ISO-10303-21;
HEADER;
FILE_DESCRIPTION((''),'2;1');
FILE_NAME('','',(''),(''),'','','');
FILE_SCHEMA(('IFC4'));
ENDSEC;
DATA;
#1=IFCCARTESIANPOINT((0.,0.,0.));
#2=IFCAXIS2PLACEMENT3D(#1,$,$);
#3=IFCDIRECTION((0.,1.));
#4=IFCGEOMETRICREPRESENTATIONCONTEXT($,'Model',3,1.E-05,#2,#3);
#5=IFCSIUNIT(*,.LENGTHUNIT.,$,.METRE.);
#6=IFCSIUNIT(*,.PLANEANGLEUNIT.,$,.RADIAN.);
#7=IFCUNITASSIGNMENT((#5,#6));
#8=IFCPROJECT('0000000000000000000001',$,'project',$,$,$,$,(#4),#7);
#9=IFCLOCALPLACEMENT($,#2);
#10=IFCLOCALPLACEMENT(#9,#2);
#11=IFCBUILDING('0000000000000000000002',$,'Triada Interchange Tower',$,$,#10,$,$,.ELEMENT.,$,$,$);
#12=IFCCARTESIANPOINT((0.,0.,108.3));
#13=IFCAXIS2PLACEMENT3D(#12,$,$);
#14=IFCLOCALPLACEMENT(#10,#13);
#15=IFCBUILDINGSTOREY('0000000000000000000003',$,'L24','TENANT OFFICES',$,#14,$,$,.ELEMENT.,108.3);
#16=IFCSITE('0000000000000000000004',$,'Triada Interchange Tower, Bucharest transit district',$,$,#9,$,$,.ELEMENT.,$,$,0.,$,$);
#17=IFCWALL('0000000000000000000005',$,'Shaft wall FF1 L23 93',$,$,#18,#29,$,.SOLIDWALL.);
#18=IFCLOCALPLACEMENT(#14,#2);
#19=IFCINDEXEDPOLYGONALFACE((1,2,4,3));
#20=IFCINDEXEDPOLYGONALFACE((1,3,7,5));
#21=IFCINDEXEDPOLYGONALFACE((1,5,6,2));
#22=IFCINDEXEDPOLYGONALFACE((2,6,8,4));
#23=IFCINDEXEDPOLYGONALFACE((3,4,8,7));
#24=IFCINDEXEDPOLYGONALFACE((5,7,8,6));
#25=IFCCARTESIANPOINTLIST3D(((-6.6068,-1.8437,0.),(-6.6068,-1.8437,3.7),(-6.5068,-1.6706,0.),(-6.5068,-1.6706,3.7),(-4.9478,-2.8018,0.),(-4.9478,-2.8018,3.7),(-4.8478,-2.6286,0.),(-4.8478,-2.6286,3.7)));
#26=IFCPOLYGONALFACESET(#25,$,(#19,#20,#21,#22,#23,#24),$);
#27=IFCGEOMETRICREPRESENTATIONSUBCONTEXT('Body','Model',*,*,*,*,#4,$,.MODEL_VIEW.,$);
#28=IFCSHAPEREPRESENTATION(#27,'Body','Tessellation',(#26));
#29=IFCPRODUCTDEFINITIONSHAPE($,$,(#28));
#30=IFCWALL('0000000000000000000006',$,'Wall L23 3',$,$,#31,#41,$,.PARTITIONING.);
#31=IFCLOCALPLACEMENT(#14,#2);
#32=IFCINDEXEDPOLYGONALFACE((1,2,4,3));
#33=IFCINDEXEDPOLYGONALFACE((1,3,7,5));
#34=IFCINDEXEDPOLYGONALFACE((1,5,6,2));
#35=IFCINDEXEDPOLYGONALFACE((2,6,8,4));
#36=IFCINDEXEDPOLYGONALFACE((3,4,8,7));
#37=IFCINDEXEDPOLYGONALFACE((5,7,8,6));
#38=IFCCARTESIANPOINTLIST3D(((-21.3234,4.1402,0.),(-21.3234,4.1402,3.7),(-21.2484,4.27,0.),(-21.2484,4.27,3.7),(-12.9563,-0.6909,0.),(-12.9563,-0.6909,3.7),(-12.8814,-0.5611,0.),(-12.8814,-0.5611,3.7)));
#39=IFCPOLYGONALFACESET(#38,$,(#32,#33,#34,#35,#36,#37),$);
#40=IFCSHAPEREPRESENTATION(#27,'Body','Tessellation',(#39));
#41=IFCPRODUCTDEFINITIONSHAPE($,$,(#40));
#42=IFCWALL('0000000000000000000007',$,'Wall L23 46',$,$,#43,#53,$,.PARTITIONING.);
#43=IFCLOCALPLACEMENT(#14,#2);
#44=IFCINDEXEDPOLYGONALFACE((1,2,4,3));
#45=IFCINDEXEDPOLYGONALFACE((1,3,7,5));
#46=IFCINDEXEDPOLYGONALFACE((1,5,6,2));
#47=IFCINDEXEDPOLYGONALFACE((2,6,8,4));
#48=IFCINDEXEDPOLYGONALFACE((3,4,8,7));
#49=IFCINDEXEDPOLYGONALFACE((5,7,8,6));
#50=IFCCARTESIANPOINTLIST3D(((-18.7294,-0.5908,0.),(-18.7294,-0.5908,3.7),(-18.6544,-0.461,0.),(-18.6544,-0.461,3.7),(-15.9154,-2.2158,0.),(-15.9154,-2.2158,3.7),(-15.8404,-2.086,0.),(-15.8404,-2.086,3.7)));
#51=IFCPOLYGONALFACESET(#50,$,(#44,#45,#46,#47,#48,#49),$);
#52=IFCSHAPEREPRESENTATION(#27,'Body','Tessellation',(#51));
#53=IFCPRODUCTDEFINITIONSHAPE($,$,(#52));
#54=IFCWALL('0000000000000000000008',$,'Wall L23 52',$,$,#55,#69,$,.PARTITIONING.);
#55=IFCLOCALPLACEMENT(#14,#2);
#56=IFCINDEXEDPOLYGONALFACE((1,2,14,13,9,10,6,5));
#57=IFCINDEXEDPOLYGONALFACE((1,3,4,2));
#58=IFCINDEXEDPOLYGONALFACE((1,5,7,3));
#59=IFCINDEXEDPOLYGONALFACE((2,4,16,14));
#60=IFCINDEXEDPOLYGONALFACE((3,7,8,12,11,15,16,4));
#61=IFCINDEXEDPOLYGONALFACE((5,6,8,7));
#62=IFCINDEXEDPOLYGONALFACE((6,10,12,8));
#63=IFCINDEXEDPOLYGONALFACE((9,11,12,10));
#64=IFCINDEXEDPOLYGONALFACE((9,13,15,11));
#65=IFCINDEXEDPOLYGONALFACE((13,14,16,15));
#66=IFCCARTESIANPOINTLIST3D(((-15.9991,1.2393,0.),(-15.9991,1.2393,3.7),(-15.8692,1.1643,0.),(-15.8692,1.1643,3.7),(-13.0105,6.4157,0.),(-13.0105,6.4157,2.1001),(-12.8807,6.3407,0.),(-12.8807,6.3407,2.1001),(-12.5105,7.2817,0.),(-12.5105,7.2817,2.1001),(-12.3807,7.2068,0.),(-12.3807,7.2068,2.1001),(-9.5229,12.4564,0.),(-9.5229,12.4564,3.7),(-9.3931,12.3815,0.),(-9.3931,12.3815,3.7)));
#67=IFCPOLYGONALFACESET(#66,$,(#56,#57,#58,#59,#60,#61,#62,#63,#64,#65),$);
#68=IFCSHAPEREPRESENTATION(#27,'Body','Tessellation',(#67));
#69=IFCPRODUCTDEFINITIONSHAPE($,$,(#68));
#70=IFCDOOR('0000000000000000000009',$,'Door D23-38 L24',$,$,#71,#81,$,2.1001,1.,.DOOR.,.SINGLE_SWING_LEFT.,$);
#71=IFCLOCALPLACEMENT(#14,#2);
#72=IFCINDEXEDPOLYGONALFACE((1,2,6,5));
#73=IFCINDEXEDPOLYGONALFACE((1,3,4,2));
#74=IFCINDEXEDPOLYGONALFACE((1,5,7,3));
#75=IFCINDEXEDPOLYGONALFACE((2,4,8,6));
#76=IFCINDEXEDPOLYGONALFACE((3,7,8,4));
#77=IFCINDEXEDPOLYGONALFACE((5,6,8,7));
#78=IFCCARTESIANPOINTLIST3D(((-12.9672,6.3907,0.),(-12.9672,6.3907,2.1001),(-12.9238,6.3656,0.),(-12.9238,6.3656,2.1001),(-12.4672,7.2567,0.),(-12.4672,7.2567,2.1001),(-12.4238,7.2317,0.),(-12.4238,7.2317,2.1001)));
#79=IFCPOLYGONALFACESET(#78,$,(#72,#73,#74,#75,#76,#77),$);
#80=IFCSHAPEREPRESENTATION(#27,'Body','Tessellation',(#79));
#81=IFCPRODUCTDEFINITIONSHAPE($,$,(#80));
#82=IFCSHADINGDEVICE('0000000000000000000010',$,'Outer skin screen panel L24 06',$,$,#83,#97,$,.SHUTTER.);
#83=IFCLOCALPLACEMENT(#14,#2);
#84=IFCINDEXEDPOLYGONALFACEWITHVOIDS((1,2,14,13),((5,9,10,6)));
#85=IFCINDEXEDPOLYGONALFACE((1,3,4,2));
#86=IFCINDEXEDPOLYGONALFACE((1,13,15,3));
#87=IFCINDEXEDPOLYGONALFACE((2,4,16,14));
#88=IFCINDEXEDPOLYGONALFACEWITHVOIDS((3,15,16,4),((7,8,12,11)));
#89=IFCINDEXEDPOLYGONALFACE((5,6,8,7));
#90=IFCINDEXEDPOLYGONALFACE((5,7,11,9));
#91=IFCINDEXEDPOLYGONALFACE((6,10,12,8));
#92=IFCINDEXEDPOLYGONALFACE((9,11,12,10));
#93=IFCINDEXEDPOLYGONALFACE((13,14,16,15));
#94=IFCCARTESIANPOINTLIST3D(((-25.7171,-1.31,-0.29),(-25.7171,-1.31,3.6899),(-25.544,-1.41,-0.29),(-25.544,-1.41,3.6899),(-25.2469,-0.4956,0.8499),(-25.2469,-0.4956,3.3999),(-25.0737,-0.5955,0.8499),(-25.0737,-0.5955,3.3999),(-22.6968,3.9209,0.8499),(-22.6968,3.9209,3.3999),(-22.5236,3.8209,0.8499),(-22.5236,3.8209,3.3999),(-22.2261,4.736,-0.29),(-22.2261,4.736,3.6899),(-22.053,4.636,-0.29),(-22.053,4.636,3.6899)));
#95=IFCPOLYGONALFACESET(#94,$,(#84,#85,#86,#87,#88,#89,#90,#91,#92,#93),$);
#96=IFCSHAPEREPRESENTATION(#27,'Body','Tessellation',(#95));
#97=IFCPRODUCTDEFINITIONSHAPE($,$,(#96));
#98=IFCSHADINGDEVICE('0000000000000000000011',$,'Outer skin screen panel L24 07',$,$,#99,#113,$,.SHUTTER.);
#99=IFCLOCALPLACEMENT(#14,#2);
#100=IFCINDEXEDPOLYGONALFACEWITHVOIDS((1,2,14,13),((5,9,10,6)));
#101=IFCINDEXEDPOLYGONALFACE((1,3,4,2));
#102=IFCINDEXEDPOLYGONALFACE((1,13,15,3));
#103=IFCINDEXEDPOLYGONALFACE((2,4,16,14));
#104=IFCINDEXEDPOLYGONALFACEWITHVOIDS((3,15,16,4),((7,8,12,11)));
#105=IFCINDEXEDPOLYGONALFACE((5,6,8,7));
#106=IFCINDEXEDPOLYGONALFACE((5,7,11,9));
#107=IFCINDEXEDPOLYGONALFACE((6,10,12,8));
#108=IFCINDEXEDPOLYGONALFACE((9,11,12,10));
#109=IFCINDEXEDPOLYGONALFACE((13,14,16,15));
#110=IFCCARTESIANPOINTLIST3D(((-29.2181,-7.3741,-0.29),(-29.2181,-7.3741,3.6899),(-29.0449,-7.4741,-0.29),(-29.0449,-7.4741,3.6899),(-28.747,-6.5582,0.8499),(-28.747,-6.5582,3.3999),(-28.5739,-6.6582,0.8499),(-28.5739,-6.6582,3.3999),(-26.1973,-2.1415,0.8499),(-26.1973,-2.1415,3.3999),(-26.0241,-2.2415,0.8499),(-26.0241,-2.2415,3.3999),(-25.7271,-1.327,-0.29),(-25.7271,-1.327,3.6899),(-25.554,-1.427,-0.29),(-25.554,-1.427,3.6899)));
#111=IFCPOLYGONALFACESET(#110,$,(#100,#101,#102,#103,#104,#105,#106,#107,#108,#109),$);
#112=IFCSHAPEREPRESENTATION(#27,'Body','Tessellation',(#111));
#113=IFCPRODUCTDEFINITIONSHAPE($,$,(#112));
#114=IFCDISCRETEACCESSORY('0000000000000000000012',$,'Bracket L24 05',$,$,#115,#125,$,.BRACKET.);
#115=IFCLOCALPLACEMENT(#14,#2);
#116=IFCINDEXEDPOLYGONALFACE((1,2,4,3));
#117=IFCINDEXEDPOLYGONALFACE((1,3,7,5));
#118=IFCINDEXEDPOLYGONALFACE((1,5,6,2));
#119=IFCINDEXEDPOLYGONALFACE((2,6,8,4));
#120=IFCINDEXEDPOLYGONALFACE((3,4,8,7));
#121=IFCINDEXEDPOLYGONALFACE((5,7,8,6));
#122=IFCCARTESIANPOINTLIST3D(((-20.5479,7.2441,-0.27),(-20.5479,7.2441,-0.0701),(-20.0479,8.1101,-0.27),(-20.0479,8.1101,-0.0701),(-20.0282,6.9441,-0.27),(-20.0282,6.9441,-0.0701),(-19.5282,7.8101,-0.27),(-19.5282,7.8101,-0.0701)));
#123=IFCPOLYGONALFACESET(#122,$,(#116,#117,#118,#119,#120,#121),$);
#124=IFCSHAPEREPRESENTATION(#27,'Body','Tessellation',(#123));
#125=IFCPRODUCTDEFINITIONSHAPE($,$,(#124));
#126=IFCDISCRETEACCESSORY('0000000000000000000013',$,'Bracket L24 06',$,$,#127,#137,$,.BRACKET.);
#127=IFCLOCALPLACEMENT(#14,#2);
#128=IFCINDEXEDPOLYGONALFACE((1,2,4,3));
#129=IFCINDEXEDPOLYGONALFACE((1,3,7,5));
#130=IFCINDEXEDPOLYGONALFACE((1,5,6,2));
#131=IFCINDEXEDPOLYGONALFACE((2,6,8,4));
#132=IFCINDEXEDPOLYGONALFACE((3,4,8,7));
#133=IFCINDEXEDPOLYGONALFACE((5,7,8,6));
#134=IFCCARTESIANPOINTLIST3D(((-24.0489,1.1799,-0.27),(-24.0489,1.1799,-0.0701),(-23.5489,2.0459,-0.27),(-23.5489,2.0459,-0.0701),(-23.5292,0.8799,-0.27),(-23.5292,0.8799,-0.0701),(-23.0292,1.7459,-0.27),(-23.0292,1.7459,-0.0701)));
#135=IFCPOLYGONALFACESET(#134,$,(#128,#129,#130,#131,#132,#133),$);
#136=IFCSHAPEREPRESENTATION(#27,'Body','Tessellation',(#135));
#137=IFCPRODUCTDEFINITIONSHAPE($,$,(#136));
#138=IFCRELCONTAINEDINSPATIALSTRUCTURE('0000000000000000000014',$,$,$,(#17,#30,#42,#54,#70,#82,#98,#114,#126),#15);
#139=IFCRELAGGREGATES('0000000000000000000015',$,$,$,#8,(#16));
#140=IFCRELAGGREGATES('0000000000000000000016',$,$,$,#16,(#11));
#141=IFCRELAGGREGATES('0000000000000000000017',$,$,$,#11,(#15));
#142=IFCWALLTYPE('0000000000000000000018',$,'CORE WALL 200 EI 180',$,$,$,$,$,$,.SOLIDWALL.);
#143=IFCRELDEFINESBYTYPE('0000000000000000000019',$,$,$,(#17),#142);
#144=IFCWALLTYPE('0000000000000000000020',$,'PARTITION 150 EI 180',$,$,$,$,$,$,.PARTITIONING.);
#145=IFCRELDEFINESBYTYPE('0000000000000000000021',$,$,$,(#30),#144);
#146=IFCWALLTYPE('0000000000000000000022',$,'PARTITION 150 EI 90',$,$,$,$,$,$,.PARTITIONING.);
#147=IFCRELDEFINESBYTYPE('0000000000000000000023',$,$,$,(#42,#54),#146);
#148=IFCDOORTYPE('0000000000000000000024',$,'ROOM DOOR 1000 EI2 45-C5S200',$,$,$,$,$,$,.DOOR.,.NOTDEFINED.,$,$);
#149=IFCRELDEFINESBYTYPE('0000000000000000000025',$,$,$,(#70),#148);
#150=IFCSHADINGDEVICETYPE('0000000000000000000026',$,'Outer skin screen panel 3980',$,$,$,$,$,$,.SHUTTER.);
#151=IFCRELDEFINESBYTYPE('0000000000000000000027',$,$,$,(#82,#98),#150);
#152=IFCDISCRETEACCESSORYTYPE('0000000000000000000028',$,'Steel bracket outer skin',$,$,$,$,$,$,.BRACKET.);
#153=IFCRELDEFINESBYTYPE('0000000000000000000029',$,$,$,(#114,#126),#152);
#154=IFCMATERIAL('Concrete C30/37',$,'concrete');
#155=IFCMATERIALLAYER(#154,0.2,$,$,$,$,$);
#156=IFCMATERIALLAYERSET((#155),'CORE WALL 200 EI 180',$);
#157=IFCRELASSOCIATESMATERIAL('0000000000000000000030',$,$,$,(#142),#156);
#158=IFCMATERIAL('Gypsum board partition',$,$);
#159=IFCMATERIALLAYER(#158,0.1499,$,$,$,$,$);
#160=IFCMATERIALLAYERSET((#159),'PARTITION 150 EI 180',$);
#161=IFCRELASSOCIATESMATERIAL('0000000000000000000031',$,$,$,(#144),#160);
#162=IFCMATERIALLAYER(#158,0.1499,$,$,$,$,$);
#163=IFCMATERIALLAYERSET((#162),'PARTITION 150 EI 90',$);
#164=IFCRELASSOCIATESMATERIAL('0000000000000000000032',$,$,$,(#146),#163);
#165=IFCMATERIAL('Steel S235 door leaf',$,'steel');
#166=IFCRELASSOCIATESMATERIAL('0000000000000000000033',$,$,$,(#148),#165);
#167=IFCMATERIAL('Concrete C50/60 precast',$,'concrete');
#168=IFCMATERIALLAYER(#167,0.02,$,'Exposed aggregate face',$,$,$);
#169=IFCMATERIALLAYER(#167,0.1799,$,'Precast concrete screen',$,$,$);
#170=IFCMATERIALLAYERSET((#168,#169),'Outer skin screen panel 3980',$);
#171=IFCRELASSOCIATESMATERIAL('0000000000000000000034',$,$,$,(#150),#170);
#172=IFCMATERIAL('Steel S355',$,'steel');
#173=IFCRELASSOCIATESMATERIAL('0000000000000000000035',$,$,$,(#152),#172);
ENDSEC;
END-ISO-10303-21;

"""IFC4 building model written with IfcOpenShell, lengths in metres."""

from ifc_helpers import new_model, si_unit, direction, frame, frame_2d, origin, origin_2d, place, context, subcontext, project, spatial, polyline, rectangle, outline, extrude, material, layer, layer_set, type_object, element, fill, save


model = new_model("IFC4")

# Units and contexts
model_context = context("Model", 3, precision=1e-05, world=origin(), true_north=direction((0.0, 1.0)))
body_context = subcontext(model_context, "Body", "Model", "MODEL_VIEW")
ifc_project = project(units=[si_unit("LENGTHUNIT", "METRE"), si_unit("PLANEANGLEUNIT", "RADIAN")], contexts=[model_context])

# Site, building, storey
site_placement = place(None, origin())
site = spatial("IfcSite", under=ifc_project, at=site_placement, Name="Triada Interchange Tower, Bucharest transit district", CompositionType="ELEMENT", RefElevation=0.0)
building_placement = place(site_placement, origin())
building = spatial("IfcBuilding", under=site, at=building_placement, Name="Triada Interchange Tower", CompositionType="ELEMENT")
storey_placement = place(building_placement, frame((0.0, 0.0, 108.3)))
storey = spatial("IfcBuildingStorey", under=building, at=storey_placement, Name="L24", Description="TENANT OFFICES", CompositionType="ELEMENT", Elevation=108.3)

# Shared definitions
ifc_material_1 = material(Name="Concrete C30/37", Category="concrete")

# Shared definitions
ifc_layer_1 = layer(ifc_material_1, 0.2)
ifc_layer_set_1 = layer_set([ifc_layer_1], Name="CORE WALL 200 EI 180")
wall_type_1 = type_object("IfcWallType", Name="CORE WALL 200 EI 180", PredefinedType="SOLIDWALL", material=ifc_layer_set_1)
ifc_material_2 = material(Name="Steel S235 door leaf", Category="steel")

# Walls
wall_1_placement = place(storey_placement, frame((-6.5569, -1.7571, 0.0), z_axis=(0.0, 0.0, 1.0), x_axis=(0.865975, -0.500086, 0.0)))
element("IfcWall", 1, at=wall_1_placement, inside=storey, type_object=wall_type_1, Name="Shaft wall FF1 L23 93", PredefinedType="SOLIDWALL", context=body_context, shape_type="SweptSolid", body=[
    extrude(rectangle(XDim=1.9158, YDim=0.2, at=frame_2d((0.958, 0.0))), origin(), (0.0, 0.0, 1.0), 3.7),
])
ifc_material_3 = material(Name="Gypsum board partition")
ifc_layer_2 = layer(ifc_material_3, 0.1499)
ifc_layer_set_2 = layer_set([ifc_layer_2], Name="PARTITION 150 EI 180")
wall_type_2 = type_object("IfcWallType", Name="PARTITION 150 EI 180", PredefinedType="PARTITIONING", material=ifc_layer_set_2)
wall_2_placement = place(storey_placement, frame((-21.2859, 4.2051, 0.0), z_axis=(0.0, 0.0, 1.0), x_axis=(0.866008, -0.500031, 0.0)))
element("IfcWall", 2, at=wall_2_placement, inside=storey, type_object=wall_type_2, Name="Wall L23 3", PredefinedType="PARTITIONING", context=body_context, shape_type="SweptSolid", body=[
    extrude(rectangle(XDim=9.6616, YDim=0.1499, at=frame_2d((4.8308, 0.0))), origin(), (0.0, 0.0, 1.0), 3.7),
])
ifc_layer_3 = layer(ifc_material_3, 0.1499)
ifc_layer_set_3 = layer_set([ifc_layer_3], Name="PARTITION 150 EI 90")
wall_type_3 = type_object("IfcWallType", Name="PARTITION 150 EI 90", PredefinedType="PARTITIONING", material=ifc_layer_set_3)
wall_3_placement = place(storey_placement, frame((-18.6919, -0.5259, 0.0), z_axis=(0.0, 0.0, 1.0), x_axis=(0.865978, -0.500082, 0.0)))
element("IfcWall", 3, at=wall_3_placement, inside=storey, type_object=wall_type_3, Name="Wall L23 46", PredefinedType="PARTITIONING", context=body_context, shape_type="SweptSolid", body=[
    extrude(rectangle(XDim=3.2495, YDim=0.1499, at=frame_2d((1.6248, 0.0))), origin(), (0.0, 0.0, 1.0), 3.7),
])

# Wall, opening, door
wall_4_placement = place(storey_placement, frame((-15.9341, 1.2019, 0.0), z_axis=(0.0, 0.0, 1.0), x_axis=(0.499995, 0.866028, 0.0)))
wall_4 = element("IfcWall", 4, at=wall_4_placement, inside=storey, type_object=wall_type_3, Name="Wall L23 52", PredefinedType="PARTITIONING", context=body_context, shape_type="SweptSolid", body=[
    extrude(rectangle(XDim=12.9524, YDim=0.1499, at=frame_2d((6.4761, 0.0))), origin(), (0.0, 0.0, 1.0), 3.7),
])
opening_1_placement = place(wall_4_placement, frame((5.9771, 0.0, 0.0)))
opening_1 = element("IfcOpeningElement", 5, at=opening_1_placement, cuts=wall_4, PredefinedType="OPENING", context=body_context, shape_type="SweptSolid", body=[
    extrude(rectangle(XDim=1.0, YDim=2.1001, at=frame_2d((0.5, 1.05))), frame((0.0, 0.085, 0.0), z_axis=(0.0, -1.0, 0.0), x_axis=(1.0, 0.0, 0.0)), (0.0, 0.0, 1.0), 0.1699),
])
door_type_1 = type_object("IfcDoorType", Name="ROOM DOOR 1000 EI2 45-C5S200", OperationType="NOTDEFINED", PredefinedType="DOOR", material=ifc_material_2)
door_1_placement = place(opening_1_placement, origin())
door_1 = element("IfcDoor", 6, at=door_1_placement, inside=storey, type_object=door_type_1, Name="Door D23-38 L24", OperationType="SINGLE_SWING_LEFT", OverallHeight=2.1001, OverallWidth=1.0, PredefinedType="DOOR", context=body_context, shape_type="SweptSolid", body=[
    extrude(rectangle(XDim=1.0, YDim=2.1001, at=frame_2d((0.5, 1.05))), frame((0.0, 0.0249, 0.0), z_axis=(0.0, -1.0, 0.0), x_axis=(1.0, 0.0, 0.0)), (0.0, 0.0, 1.0), 0.05),
])
fill(opening_1, door_1)

# Shading devices
ifc_material_4 = material(Name="Concrete C50/60 precast", Category="concrete")
ifc_layer_4 = layer(ifc_material_4, 0.02, Name="Exposed aggregate face")
ifc_layer_5 = layer(ifc_material_4, 0.1799, Name="Precast concrete screen")
ifc_layer_set_4 = layer_set([ifc_layer_4, ifc_layer_5], Name="Outer skin screen panel 3980")
shading_device_type = type_object("IfcShadingDeviceType", Name="Outer skin screen panel 3980", PredefinedType="SHUTTER", material=ifc_layer_set_4)
shading_device_1_placement = place(storey_placement, frame((-22.053, 4.636, -0.29), z_axis=(0.0, 0.0, 1.0), x_axis=(-0.500039, -0.866003, 0.0)))
element("IfcShadingDevice", 7, at=shading_device_1_placement, inside=storey, type_object=shading_device_type, Name="Outer skin screen panel L24 06", PredefinedType="SHUTTER", context=body_context, shape_type="SweptSolid", body=[
    extrude(outline(polyline([(0.0, 0.0), (6.9814, 0.0), (6.9814, 3.98), (0.0, 3.98), (0.0, 0.0)]), holes=[polyline([(0.9412, 1.1399), (0.9412, 3.6899), (6.041, 3.6899), (6.041, 1.1399), (0.9412, 1.1399)])]), frame((0.0, 0.0, 0.0), z_axis=(0.0, -1.0, 0.0), x_axis=(1.0, 0.0, 0.0)), (0.0, 0.0, 1.0), 0.2),
])
shading_device_2_placement = place(storey_placement, frame((-25.554, -1.427, -0.29), z_axis=(0.0, 0.0, 1.0), x_axis=(-0.499964, -0.866046, 0.0)))
element("IfcShadingDevice", 8, at=shading_device_2_placement, inside=storey, type_object=shading_device_type, Name="Outer skin screen panel L24 07", PredefinedType="SHUTTER", context=body_context, shape_type="SweptSolid", body=[
    extrude(outline(polyline([(0.0, 0.0), (6.9824, 0.0), (6.9824, 3.98), (0.0, 3.98), (0.0, 0.0)]), holes=[polyline([(0.9404, 1.1399), (0.9404, 3.6899), (6.0403, 3.6899), (6.0403, 1.1399), (0.9404, 1.1399)])]), frame((0.0, 0.0, 0.0), z_axis=(0.0, -1.0, 0.0), x_axis=(1.0, 0.0, 0.0)), (0.0, 0.0, 1.0), 0.2),
])

# Discrete accessories
ifc_material_5 = material(Name="Steel S355", Category="steel")
discrete_accessory_type = type_object("IfcDiscreteAccessoryType", Name="Steel bracket outer skin", PredefinedType="BRACKET", material=ifc_material_5)
for number, where, z_axis, x_axis, name in (
    (9, (-20.0381, 7.5271, -0.27), (0.0, 0.0, 1.0), (-0.866022, 0.500006, 0.0), "Bracket L24 05"),
    (10, (-23.5391, 1.4629, -0.27), (0.0, 0.0, 1.0), (-0.866022, 0.500006, 0.0), "Bracket L24 06"),
):
    element("IfcDiscreteAccessory", number, at=place(storey_placement, frame(where, z_axis=z_axis, x_axis=x_axis)), inside=storey, type_object=discrete_accessory_type, Name=name, PredefinedType="BRACKET", context=body_context, shape_type="SweptSolid", body=[
        extrude(rectangle(XDim=0.6001, YDim=1.0, at=origin_2d()), origin(), (0.0, 0.0, 1.0), 0.2),
    ])

save(model, "model.ifc")
